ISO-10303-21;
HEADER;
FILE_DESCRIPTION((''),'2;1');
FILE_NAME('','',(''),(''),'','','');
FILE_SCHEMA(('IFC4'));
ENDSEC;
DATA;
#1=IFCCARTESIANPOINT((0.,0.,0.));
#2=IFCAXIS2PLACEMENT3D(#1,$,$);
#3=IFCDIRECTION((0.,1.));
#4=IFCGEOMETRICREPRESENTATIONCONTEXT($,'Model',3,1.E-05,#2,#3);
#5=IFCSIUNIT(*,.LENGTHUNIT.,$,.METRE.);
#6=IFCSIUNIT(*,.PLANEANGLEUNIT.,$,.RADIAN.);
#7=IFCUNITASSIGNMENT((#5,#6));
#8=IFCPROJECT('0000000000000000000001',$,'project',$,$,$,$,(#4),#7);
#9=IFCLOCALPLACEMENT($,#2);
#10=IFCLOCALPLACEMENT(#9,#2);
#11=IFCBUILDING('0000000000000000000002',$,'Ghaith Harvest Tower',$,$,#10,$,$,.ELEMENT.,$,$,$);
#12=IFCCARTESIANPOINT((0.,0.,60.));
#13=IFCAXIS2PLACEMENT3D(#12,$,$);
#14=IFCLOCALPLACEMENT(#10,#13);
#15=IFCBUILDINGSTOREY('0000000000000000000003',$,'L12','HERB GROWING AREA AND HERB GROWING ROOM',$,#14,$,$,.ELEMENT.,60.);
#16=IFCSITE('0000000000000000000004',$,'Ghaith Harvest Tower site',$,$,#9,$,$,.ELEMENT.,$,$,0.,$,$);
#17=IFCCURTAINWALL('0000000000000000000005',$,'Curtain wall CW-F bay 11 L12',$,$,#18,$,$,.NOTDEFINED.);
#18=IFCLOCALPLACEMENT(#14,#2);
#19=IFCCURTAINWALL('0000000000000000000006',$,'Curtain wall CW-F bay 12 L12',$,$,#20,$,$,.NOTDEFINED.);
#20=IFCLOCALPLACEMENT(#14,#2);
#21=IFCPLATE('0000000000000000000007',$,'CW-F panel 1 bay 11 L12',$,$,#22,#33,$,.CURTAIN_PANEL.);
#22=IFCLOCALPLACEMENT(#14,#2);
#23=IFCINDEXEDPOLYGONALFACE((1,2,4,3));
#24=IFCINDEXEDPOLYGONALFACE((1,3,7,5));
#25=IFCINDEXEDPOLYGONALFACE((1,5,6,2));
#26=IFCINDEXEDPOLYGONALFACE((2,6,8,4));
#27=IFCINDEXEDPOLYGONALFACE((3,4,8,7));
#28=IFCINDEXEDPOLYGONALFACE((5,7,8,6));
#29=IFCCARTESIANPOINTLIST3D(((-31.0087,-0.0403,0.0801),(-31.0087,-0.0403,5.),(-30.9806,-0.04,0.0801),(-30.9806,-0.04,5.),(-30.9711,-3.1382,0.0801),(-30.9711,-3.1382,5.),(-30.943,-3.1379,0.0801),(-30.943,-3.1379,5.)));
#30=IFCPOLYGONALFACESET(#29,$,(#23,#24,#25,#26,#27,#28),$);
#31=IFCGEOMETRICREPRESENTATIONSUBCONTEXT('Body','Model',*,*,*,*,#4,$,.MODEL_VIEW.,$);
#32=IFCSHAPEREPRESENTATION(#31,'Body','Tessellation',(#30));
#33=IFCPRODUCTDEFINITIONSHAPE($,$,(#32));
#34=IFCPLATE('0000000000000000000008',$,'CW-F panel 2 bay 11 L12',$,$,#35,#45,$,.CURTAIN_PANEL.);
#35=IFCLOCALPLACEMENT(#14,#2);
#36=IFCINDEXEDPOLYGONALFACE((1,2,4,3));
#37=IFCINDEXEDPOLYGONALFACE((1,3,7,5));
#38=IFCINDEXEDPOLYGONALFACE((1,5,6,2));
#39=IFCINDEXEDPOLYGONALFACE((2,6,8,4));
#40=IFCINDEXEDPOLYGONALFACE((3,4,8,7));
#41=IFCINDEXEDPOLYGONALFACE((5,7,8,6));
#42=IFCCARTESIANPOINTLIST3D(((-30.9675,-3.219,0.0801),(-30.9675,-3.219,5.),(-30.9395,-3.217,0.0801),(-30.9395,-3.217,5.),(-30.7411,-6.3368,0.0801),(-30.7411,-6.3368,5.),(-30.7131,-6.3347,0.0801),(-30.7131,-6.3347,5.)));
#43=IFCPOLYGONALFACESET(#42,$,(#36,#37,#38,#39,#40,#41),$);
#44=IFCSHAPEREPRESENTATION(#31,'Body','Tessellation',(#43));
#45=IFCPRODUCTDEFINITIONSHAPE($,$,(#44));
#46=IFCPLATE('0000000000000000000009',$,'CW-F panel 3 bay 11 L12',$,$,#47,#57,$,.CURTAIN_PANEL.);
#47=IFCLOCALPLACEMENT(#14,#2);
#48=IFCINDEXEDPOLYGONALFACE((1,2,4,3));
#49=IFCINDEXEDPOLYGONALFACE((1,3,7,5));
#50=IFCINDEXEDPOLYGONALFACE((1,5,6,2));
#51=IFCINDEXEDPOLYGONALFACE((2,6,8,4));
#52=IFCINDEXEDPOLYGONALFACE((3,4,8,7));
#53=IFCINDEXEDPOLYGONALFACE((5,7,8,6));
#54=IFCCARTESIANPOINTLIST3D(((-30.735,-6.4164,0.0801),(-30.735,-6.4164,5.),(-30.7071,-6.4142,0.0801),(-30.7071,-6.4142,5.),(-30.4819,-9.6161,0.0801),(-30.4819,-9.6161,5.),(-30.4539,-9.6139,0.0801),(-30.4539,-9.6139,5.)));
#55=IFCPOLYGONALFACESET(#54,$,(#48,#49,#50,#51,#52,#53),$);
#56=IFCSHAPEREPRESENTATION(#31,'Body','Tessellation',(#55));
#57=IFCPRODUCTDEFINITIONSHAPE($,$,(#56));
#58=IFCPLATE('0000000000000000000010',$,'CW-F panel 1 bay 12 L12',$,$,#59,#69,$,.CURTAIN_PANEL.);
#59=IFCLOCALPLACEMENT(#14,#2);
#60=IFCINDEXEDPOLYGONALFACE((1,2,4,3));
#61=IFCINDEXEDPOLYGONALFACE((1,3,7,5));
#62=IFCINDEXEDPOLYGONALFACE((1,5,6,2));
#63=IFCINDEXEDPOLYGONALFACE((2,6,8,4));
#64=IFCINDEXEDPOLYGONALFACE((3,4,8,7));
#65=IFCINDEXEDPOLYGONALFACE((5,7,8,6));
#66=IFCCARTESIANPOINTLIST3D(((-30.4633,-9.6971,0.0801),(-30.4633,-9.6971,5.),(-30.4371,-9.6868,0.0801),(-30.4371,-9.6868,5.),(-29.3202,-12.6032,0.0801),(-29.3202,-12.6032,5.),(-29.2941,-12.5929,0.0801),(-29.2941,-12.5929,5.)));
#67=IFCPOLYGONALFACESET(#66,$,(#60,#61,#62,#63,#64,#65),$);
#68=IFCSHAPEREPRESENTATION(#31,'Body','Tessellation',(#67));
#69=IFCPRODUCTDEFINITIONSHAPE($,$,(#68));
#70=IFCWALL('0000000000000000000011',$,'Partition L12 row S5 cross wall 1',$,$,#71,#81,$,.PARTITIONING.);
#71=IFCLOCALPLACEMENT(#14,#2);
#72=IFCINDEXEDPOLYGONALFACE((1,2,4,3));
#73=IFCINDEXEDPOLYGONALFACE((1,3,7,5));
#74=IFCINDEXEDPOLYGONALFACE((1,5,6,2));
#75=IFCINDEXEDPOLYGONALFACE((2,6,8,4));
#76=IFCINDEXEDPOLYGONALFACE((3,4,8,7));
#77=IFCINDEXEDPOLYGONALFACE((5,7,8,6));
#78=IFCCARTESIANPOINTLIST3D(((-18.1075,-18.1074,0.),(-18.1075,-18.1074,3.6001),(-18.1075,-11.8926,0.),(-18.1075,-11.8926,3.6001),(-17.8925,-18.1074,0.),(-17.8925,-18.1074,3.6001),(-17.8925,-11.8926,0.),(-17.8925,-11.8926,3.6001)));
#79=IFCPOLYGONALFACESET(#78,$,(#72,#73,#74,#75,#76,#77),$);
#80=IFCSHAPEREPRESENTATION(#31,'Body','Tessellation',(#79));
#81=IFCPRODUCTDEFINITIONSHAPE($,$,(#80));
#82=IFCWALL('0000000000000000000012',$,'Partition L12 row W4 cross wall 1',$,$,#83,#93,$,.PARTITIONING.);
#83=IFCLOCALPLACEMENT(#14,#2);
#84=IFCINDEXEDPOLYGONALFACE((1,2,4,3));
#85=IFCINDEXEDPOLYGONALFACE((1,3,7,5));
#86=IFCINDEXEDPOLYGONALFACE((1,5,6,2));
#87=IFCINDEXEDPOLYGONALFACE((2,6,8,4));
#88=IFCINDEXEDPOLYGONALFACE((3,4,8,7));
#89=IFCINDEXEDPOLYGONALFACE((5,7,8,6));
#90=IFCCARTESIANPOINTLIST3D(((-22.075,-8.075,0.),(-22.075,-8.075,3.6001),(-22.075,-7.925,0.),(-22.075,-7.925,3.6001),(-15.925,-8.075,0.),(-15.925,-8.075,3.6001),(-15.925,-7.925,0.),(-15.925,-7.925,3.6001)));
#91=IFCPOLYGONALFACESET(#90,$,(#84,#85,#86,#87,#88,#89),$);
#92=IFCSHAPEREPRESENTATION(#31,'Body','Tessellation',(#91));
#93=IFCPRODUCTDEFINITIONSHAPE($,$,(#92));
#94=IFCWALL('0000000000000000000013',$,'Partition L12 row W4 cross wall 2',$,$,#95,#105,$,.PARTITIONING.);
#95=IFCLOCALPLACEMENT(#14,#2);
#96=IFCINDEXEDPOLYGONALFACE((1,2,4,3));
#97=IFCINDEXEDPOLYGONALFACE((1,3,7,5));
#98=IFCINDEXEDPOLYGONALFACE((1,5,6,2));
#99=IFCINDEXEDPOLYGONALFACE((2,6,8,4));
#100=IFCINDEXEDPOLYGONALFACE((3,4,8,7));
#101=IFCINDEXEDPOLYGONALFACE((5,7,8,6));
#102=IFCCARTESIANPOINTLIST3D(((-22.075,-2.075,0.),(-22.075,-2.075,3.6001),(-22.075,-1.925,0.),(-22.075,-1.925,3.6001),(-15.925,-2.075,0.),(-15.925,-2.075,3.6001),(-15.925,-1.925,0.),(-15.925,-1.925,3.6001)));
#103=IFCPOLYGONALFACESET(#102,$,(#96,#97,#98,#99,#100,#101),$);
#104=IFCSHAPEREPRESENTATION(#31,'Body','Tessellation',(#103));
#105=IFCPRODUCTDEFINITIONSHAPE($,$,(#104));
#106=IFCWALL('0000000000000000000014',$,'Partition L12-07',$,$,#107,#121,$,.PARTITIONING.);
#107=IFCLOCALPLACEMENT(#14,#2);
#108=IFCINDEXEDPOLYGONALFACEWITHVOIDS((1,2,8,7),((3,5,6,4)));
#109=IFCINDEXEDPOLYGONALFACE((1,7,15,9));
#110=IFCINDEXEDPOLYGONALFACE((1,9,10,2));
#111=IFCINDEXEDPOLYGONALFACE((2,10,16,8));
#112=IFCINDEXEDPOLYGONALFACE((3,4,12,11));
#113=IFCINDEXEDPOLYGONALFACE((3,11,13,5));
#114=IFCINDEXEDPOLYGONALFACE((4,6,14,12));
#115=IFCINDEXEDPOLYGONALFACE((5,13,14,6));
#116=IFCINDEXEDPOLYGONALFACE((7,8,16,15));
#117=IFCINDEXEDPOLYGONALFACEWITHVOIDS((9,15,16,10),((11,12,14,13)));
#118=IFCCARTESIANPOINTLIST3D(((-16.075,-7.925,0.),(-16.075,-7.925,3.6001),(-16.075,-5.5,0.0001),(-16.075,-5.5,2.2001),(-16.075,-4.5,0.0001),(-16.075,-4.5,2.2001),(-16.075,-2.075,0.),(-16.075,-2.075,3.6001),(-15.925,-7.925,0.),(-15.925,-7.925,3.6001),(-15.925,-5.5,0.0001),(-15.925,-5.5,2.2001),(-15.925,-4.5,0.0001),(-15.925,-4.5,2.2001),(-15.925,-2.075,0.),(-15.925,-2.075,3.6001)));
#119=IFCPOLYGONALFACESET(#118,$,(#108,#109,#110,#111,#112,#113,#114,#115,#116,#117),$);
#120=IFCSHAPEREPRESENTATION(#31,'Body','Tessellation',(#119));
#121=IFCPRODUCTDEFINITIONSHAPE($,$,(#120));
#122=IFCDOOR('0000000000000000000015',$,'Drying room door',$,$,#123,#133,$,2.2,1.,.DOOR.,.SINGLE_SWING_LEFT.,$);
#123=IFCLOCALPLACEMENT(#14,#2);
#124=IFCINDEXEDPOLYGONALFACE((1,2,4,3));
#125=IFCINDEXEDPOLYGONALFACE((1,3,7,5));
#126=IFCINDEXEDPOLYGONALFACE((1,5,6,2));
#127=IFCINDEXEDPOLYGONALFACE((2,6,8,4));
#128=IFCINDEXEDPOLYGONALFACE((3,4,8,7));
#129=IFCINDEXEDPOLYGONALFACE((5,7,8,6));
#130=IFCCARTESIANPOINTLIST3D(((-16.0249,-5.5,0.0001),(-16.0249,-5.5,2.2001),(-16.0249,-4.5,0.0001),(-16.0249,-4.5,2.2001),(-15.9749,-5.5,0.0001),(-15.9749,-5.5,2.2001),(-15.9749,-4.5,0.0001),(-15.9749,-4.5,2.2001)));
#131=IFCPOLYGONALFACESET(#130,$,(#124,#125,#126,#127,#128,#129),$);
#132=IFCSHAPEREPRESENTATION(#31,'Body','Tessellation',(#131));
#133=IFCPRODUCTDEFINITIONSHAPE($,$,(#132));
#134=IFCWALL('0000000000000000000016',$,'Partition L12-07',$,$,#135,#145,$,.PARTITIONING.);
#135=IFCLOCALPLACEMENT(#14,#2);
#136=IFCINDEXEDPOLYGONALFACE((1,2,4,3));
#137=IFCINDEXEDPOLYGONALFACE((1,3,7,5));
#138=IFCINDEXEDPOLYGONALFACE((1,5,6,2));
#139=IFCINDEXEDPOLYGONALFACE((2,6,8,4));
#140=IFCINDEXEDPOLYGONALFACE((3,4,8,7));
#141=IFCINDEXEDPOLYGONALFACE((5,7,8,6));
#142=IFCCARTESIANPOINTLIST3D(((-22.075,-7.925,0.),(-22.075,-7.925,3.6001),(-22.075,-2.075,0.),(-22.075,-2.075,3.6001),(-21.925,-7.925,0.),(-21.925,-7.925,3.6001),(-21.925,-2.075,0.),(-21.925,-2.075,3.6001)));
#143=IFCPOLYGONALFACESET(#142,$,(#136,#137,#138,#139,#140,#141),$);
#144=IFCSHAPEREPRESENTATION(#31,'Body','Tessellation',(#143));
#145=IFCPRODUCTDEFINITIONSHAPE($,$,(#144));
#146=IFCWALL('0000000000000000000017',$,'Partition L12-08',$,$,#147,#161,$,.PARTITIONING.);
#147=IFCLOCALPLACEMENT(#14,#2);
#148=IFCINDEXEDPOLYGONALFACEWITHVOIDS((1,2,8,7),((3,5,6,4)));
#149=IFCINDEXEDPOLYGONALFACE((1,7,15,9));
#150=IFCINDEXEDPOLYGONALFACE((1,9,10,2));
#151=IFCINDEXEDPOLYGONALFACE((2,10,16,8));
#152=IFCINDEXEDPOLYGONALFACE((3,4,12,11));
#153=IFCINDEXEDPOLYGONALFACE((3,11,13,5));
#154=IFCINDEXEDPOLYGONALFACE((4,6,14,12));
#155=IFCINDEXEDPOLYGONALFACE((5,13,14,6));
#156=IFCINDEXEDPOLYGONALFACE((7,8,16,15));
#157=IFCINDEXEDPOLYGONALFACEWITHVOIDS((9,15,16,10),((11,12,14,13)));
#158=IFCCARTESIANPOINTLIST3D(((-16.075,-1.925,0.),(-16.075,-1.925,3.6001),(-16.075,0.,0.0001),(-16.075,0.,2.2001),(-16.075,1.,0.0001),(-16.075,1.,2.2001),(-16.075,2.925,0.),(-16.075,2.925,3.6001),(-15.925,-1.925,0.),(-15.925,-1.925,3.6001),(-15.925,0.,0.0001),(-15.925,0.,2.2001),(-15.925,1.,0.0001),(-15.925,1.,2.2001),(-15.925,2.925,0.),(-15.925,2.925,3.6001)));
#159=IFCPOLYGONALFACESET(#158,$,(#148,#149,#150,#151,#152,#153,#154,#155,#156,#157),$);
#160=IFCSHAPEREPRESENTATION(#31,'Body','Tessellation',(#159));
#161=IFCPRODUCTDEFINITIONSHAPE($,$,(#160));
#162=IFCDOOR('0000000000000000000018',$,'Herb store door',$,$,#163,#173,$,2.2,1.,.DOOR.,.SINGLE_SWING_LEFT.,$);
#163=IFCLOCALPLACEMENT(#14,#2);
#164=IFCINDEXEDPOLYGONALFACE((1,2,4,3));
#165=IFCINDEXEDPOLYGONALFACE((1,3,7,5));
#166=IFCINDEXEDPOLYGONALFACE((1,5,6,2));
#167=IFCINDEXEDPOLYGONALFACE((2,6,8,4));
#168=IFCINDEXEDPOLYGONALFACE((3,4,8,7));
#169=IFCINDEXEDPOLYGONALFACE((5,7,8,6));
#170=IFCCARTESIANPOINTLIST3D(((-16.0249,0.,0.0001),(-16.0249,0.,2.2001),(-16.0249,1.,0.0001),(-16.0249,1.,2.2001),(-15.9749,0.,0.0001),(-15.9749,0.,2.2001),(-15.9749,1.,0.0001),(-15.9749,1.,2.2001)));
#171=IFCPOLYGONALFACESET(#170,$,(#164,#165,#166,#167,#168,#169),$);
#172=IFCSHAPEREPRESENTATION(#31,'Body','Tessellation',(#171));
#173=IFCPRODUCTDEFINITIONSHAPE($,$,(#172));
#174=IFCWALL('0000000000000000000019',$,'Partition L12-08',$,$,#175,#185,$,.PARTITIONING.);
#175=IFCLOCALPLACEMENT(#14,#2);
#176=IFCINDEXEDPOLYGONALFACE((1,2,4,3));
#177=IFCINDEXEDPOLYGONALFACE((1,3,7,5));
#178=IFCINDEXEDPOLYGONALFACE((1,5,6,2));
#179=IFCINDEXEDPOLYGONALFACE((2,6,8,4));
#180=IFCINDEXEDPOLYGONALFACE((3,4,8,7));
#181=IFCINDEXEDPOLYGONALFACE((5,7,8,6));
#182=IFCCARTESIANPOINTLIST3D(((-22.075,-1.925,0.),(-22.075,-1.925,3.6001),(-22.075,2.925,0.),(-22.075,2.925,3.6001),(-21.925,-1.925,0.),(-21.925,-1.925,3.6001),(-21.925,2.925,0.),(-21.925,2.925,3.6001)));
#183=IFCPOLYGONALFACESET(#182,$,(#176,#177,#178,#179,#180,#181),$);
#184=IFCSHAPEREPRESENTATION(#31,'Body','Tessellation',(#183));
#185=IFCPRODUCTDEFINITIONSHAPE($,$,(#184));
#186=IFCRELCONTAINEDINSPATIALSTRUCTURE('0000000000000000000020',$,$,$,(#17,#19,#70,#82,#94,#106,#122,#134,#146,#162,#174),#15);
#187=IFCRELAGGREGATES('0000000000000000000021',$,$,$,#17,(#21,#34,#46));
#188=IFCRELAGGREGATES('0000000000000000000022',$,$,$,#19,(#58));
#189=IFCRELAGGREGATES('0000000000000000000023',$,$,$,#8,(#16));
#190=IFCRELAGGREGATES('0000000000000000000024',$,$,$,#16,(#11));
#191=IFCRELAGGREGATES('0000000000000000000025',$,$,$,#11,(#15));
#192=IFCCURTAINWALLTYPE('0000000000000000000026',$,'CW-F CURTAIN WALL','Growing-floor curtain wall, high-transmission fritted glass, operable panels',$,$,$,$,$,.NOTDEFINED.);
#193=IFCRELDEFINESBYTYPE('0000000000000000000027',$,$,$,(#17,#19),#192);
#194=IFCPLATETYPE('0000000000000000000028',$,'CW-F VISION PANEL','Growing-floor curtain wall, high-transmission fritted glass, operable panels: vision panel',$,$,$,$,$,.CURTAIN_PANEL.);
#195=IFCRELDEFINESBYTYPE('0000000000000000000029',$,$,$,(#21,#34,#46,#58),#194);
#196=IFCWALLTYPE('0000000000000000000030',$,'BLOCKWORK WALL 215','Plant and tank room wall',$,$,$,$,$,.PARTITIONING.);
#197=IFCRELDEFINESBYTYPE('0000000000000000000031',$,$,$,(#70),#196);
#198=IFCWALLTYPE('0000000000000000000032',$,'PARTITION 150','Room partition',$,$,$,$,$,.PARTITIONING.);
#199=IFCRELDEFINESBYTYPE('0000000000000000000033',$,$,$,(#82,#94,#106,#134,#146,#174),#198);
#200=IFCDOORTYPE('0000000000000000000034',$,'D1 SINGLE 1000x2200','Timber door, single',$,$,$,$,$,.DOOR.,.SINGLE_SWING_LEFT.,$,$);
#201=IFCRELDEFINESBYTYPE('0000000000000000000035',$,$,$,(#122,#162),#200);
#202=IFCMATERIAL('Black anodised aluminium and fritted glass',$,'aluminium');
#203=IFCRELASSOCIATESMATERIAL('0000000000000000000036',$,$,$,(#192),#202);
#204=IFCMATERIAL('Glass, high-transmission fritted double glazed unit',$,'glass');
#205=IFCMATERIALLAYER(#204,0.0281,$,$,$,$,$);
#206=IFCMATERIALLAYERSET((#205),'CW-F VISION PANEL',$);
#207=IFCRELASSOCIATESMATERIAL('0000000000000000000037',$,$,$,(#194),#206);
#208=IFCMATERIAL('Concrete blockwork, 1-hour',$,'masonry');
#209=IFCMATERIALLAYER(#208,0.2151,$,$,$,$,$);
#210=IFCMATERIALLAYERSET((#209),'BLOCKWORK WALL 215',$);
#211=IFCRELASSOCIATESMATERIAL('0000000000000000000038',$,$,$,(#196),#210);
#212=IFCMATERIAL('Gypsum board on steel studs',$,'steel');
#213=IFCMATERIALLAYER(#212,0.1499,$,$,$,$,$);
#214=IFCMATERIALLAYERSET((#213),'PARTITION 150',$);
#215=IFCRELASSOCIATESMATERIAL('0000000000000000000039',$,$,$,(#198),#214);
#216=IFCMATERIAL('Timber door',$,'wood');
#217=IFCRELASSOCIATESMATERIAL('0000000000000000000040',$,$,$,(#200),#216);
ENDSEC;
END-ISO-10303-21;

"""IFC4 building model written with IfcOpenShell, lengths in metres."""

from ifc_helpers import new_model, si_unit, direction, frame, frame_2d, origin, origin_2d, place, context, subcontext, project, spatial, rectangle, extrude, material, layer, layer_set, type_object, element, fill, aggregate, save


model = new_model("IFC4")

# Units and contexts
model_context = context("Model", 3, precision=1e-05, world=origin(), true_north=direction((0.0, 1.0)))
body_context = subcontext(model_context, "Body", "Model", "MODEL_VIEW")
ifc_project = project(units=[si_unit("LENGTHUNIT", "METRE"), si_unit("PLANEANGLEUNIT", "RADIAN")], contexts=[model_context])

# Site, building, storey
site_placement = place(None, origin())
site = spatial("IfcSite", under=ifc_project, at=site_placement, Name="Ghaith Harvest Tower site", CompositionType="ELEMENT", RefElevation=0.0)
building_placement = place(site_placement, origin())
building = spatial("IfcBuilding", under=site, at=building_placement, Name="Ghaith Harvest Tower", CompositionType="ELEMENT")
storey_placement = place(building_placement, frame((0.0, 0.0, 60.0)))
storey = spatial("IfcBuildingStorey", under=building, at=storey_placement, Name="L12", Description="HERB GROWING AREA AND HERB GROWING ROOM", CompositionType="ELEMENT", Elevation=60.0)

# Curtain walls
ifc_material_1 = material(Name="Black anodised aluminium and fritted glass", Category="aluminium")
curtain_wall_type = type_object("IfcCurtainWallType", Name="CW-F CURTAIN WALL", Description="Growing-floor curtain wall, high-transmission fritted glass, operable panels", PredefinedType="NOTDEFINED", material=ifc_material_1)
curtain_wall_1_placement = place(storey_placement, origin())
curtain_wall_1 = element("IfcCurtainWall", 1, at=curtain_wall_1_placement, inside=storey, type_object=curtain_wall_type, Name="Curtain wall CW-F bay 11 L12", PredefinedType="NOTDEFINED")
curtain_wall_2_placement = place(storey_placement, origin())
curtain_wall_2 = element("IfcCurtainWall", 2, at=curtain_wall_2_placement, inside=storey, type_object=curtain_wall_type, Name="Curtain wall CW-F bay 12 L12", PredefinedType="NOTDEFINED")

# Plates
ifc_material_2 = material(Name="Glass, high-transmission fritted double glazed unit", Category="glass")
ifc_layer_1 = layer(ifc_material_2, 0.0281)
ifc_layer_set_1 = layer_set([ifc_layer_1], Name="CW-F VISION PANEL")
plate_type = type_object("IfcPlateType", Name="CW-F VISION PANEL", Description="Growing-floor curtain wall, high-transmission fritted glass, operable panels: vision panel", PredefinedType="CURTAIN_PANEL", material=ifc_layer_set_1)
plate_1_placement = place(storey_placement, frame((-30.9758, -1.5891, 0.0801), z_axis=(0.0, 0.0, 1.0), x_axis=(0.012133, -0.999926, 0.0)))
plate_1 = element("IfcPlate", 3, at=plate_1_placement, type_object=plate_type, Name="CW-F panel 1 bay 11 L12", PredefinedType="CURTAIN_PANEL", context=body_context, shape_type="SweptSolid", body=[
    extrude(rectangle(XDim=3.0981, YDim=0.0281, at=origin_2d()), origin(), (0.0, 0.0, 1.0), 4.9199),
])
plate_2_placement = place(storey_placement, frame((-30.8403, -4.7769, 0.0801), z_axis=(0.0, 0.0, 1.0), x_axis=(0.072421, -0.997374, 0.0)))
plate_2 = element("IfcPlate", 4, at=plate_2_placement, type_object=plate_type, Name="CW-F panel 2 bay 11 L12", PredefinedType="CURTAIN_PANEL", context=body_context, shape_type="SweptSolid", body=[
    extrude(rectangle(XDim=3.126, YDim=0.0281, at=origin_2d()), origin(), (0.0, 0.0, 1.0), 4.9199),
])
plate_3_placement = place(storey_placement, frame((-30.5945, -8.0151, 0.0801), z_axis=(0.0, 0.0, 1.0), x_axis=(0.078867, -0.996885, 0.0)))
plate_3 = element("IfcPlate", 5, at=plate_3_placement, type_object=plate_type, Name="CW-F panel 3 bay 11 L12", PredefinedType="CURTAIN_PANEL", context=body_context, shape_type="SweptSolid", body=[
    extrude(rectangle(XDim=3.2097, YDim=0.0281, at=origin_2d()), origin(), (0.0, 0.0, 1.0), 4.9199),
])
aggregate(curtain_wall_1, [plate_1, plate_2, plate_3])
plate_4_placement = place(storey_placement, frame((-29.8787, -11.145, 0.0801), z_axis=(0.0, 0.0, 1.0), x_axis=(0.36604, -0.930599, 0.0)))
plate_4 = element("IfcPlate", 6, at=plate_4_placement, type_object=plate_type, Name="CW-F panel 1 bay 12 L12", PredefinedType="CURTAIN_PANEL", context=body_context, shape_type="SweptSolid", body=[
    extrude(rectangle(XDim=3.1228, YDim=0.0281, at=origin_2d()), origin(), (0.0, 0.0, 1.0), 4.9199),
])
aggregate(curtain_wall_2, [plate_4])

# Wall
ifc_material_3 = material(Name="Concrete blockwork, 1-hour", Category="masonry")
ifc_layer_2 = layer(ifc_material_3, 0.2151)
ifc_layer_set_2 = layer_set([ifc_layer_2], Name="BLOCKWORK WALL 215")
wall_type_1 = type_object("IfcWallType", Name="BLOCKWORK WALL 215", Description="Plant and tank room wall", PredefinedType="PARTITIONING", material=ifc_layer_set_2)
wall_1_placement = place(storey_placement, frame((-18.0, -11.8926, 0.0), z_axis=(0.0, 0.0, 1.0), x_axis=(0.0, -1.0, 0.0)))
element("IfcWall", 7, at=wall_1_placement, inside=storey, type_object=wall_type_1, Name="Partition L12 row S5 cross wall 1", PredefinedType="PARTITIONING", context=body_context, shape_type="SweptSolid", body=[
    extrude(rectangle(XDim=6.2148, YDim=0.2151, at=frame_2d((3.1074, 0.0))), origin(), (0.0, 0.0, 1.0), 3.6001),
])

# Walls
ifc_material_4 = material(Name="Gypsum board on steel studs", Category="steel")
ifc_layer_3 = layer(ifc_material_4, 0.1499)
ifc_layer_set_3 = layer_set([ifc_layer_3], Name="PARTITION 150")
wall_type_2 = type_object("IfcWallType", Name="PARTITION 150", Description="Room partition", PredefinedType="PARTITIONING", material=ifc_layer_set_3)
for number, where, z_axis, x_axis, name in (
    (8, (-15.925, -8.0, 0.0), (0.0, 0.0, 1.0), (-1.0, 0.0, 0.0), "Partition L12 row W4 cross wall 1"),
    (9, (-15.925, -2.0, 0.0), (0.0, 0.0, 1.0), (-1.0, 0.0, 0.0), "Partition L12 row W4 cross wall 2"),
):
    element("IfcWall", number, at=place(storey_placement, frame(where, z_axis=z_axis, x_axis=x_axis)), inside=storey, type_object=wall_type_2, Name=name, PredefinedType="PARTITIONING", context=body_context, shape_type="SweptSolid", body=[
        extrude(rectangle(XDim=6.1499, YDim=0.1499, at=frame_2d((3.075, 0.0))), origin(), (0.0, 0.0, 1.0), 3.6001),
    ])

# Wall, opening, door
wall_2_placement = place(storey_placement, frame((-16.0, -7.925, 0.0), z_axis=(0.0, 0.0, 1.0), x_axis=(0.0, 1.0, 0.0)))
wall_2 = element("IfcWall", 10, at=wall_2_placement, inside=storey, type_object=wall_type_2, Name="Partition L12-07", PredefinedType="PARTITIONING", context=body_context, shape_type="SweptSolid", body=[
    extrude(rectangle(XDim=5.8501, YDim=0.1499, at=frame_2d((2.925, 0.0))), origin(), (0.0, 0.0, 1.0), 3.6001),
])
opening_1_placement = place(wall_2_placement, frame((2.425, 0.0, 0.0)))
opening_1 = element("IfcOpeningElement", 11, at=opening_1_placement, cuts=wall_2, PredefinedType="OPENING", context=body_context, shape_type="SweptSolid", body=[
    extrude(rectangle(XDim=1.0, YDim=2.2, at=frame_2d((0.5, 1.1001))), frame((0.0, 0.085, 0.0), z_axis=(0.0, -1.0, 0.0), x_axis=(1.0, 0.0, 0.0)), (0.0, 0.0, 1.0), 0.1699),
])
ifc_material_5 = material(Name="Timber door", Category="wood")
door_type_1 = type_object("IfcDoorType", Name="D1 SINGLE 1000x2200", Description="Timber door, single", OperationType="SINGLE_SWING_LEFT", PredefinedType="DOOR", material=ifc_material_5)
door_1_placement = place(opening_1_placement, origin())
door_1 = element("IfcDoor", 12, at=door_1_placement, inside=storey, type_object=door_type_1, Name="Drying room door", OperationType="SINGLE_SWING_LEFT", OverallHeight=2.2, OverallWidth=1.0, PredefinedType="DOOR", context=body_context, shape_type="SweptSolid", body=[
    extrude(rectangle(XDim=1.0, YDim=2.2, at=frame_2d((0.5, 1.1001))), frame((0.0, 0.0249, 0.0), z_axis=(0.0, -1.0, 0.0), x_axis=(1.0, 0.0, 0.0)), (0.0, 0.0, 1.0), 0.05),
])
fill(opening_1, door_1)

# Wall
wall_3_placement = place(storey_placement, frame((-22.0, -7.925, 0.0), z_axis=(0.0, 0.0, 1.0), x_axis=(0.0, 1.0, 0.0)))
element("IfcWall", 13, at=wall_3_placement, inside=storey, type_object=wall_type_2, Name="Partition L12-07", PredefinedType="PARTITIONING", context=body_context, shape_type="SweptSolid", body=[
    extrude(rectangle(XDim=5.8501, YDim=0.1499, at=frame_2d((2.925, 0.0))), origin(), (0.0, 0.0, 1.0), 3.6001),
])

# Wall, opening, door
wall_4_placement = place(storey_placement, frame((-16.0, -1.925, 0.0), z_axis=(0.0, 0.0, 1.0), x_axis=(0.0, 1.0, 0.0)))
wall_4 = element("IfcWall", 14, at=wall_4_placement, inside=storey, type_object=wall_type_2, Name="Partition L12-08", PredefinedType="PARTITIONING", context=body_context, shape_type="SweptSolid", body=[
    extrude(rectangle(XDim=4.8501, YDim=0.1499, at=frame_2d((2.425, 0.0))), origin(), (0.0, 0.0, 1.0), 3.6001),
])
opening_2_placement = place(wall_4_placement, frame((1.925, 0.0, 0.0)))
opening_2 = element("IfcOpeningElement", 15, at=opening_2_placement, cuts=wall_4, PredefinedType="OPENING", context=body_context, shape_type="SweptSolid", body=[
    extrude(rectangle(XDim=1.0, YDim=2.2, at=frame_2d((0.5, 1.1001))), frame((0.0, 0.085, 0.0), z_axis=(0.0, -1.0, 0.0), x_axis=(1.0, 0.0, 0.0)), (0.0, 0.0, 1.0), 0.1699),
])
door_2_placement = place(opening_2_placement, origin())
door_2 = element("IfcDoor", 16, at=door_2_placement, inside=storey, type_object=door_type_1, Name="Herb store door", OperationType="SINGLE_SWING_LEFT", OverallHeight=2.2, OverallWidth=1.0, PredefinedType="DOOR", context=body_context, shape_type="SweptSolid", body=[
    extrude(rectangle(XDim=1.0, YDim=2.2, at=frame_2d((0.5, 1.1001))), frame((0.0, 0.0249, 0.0), z_axis=(0.0, -1.0, 0.0), x_axis=(1.0, 0.0, 0.0)), (0.0, 0.0, 1.0), 0.05),
])
fill(opening_2, door_2)

# Wall
wall_5_placement = place(storey_placement, frame((-22.0, -1.925, 0.0), z_axis=(0.0, 0.0, 1.0), x_axis=(0.0, 1.0, 0.0)))
element("IfcWall", 17, at=wall_5_placement, inside=storey, type_object=wall_type_2, Name="Partition L12-08", PredefinedType="PARTITIONING", context=body_context, shape_type="SweptSolid", body=[
    extrude(rectangle(XDim=4.8501, YDim=0.1499, at=frame_2d((2.425, 0.0))), origin(), (0.0, 0.0, 1.0), 3.6001),
])

save(model, "model.ifc")
